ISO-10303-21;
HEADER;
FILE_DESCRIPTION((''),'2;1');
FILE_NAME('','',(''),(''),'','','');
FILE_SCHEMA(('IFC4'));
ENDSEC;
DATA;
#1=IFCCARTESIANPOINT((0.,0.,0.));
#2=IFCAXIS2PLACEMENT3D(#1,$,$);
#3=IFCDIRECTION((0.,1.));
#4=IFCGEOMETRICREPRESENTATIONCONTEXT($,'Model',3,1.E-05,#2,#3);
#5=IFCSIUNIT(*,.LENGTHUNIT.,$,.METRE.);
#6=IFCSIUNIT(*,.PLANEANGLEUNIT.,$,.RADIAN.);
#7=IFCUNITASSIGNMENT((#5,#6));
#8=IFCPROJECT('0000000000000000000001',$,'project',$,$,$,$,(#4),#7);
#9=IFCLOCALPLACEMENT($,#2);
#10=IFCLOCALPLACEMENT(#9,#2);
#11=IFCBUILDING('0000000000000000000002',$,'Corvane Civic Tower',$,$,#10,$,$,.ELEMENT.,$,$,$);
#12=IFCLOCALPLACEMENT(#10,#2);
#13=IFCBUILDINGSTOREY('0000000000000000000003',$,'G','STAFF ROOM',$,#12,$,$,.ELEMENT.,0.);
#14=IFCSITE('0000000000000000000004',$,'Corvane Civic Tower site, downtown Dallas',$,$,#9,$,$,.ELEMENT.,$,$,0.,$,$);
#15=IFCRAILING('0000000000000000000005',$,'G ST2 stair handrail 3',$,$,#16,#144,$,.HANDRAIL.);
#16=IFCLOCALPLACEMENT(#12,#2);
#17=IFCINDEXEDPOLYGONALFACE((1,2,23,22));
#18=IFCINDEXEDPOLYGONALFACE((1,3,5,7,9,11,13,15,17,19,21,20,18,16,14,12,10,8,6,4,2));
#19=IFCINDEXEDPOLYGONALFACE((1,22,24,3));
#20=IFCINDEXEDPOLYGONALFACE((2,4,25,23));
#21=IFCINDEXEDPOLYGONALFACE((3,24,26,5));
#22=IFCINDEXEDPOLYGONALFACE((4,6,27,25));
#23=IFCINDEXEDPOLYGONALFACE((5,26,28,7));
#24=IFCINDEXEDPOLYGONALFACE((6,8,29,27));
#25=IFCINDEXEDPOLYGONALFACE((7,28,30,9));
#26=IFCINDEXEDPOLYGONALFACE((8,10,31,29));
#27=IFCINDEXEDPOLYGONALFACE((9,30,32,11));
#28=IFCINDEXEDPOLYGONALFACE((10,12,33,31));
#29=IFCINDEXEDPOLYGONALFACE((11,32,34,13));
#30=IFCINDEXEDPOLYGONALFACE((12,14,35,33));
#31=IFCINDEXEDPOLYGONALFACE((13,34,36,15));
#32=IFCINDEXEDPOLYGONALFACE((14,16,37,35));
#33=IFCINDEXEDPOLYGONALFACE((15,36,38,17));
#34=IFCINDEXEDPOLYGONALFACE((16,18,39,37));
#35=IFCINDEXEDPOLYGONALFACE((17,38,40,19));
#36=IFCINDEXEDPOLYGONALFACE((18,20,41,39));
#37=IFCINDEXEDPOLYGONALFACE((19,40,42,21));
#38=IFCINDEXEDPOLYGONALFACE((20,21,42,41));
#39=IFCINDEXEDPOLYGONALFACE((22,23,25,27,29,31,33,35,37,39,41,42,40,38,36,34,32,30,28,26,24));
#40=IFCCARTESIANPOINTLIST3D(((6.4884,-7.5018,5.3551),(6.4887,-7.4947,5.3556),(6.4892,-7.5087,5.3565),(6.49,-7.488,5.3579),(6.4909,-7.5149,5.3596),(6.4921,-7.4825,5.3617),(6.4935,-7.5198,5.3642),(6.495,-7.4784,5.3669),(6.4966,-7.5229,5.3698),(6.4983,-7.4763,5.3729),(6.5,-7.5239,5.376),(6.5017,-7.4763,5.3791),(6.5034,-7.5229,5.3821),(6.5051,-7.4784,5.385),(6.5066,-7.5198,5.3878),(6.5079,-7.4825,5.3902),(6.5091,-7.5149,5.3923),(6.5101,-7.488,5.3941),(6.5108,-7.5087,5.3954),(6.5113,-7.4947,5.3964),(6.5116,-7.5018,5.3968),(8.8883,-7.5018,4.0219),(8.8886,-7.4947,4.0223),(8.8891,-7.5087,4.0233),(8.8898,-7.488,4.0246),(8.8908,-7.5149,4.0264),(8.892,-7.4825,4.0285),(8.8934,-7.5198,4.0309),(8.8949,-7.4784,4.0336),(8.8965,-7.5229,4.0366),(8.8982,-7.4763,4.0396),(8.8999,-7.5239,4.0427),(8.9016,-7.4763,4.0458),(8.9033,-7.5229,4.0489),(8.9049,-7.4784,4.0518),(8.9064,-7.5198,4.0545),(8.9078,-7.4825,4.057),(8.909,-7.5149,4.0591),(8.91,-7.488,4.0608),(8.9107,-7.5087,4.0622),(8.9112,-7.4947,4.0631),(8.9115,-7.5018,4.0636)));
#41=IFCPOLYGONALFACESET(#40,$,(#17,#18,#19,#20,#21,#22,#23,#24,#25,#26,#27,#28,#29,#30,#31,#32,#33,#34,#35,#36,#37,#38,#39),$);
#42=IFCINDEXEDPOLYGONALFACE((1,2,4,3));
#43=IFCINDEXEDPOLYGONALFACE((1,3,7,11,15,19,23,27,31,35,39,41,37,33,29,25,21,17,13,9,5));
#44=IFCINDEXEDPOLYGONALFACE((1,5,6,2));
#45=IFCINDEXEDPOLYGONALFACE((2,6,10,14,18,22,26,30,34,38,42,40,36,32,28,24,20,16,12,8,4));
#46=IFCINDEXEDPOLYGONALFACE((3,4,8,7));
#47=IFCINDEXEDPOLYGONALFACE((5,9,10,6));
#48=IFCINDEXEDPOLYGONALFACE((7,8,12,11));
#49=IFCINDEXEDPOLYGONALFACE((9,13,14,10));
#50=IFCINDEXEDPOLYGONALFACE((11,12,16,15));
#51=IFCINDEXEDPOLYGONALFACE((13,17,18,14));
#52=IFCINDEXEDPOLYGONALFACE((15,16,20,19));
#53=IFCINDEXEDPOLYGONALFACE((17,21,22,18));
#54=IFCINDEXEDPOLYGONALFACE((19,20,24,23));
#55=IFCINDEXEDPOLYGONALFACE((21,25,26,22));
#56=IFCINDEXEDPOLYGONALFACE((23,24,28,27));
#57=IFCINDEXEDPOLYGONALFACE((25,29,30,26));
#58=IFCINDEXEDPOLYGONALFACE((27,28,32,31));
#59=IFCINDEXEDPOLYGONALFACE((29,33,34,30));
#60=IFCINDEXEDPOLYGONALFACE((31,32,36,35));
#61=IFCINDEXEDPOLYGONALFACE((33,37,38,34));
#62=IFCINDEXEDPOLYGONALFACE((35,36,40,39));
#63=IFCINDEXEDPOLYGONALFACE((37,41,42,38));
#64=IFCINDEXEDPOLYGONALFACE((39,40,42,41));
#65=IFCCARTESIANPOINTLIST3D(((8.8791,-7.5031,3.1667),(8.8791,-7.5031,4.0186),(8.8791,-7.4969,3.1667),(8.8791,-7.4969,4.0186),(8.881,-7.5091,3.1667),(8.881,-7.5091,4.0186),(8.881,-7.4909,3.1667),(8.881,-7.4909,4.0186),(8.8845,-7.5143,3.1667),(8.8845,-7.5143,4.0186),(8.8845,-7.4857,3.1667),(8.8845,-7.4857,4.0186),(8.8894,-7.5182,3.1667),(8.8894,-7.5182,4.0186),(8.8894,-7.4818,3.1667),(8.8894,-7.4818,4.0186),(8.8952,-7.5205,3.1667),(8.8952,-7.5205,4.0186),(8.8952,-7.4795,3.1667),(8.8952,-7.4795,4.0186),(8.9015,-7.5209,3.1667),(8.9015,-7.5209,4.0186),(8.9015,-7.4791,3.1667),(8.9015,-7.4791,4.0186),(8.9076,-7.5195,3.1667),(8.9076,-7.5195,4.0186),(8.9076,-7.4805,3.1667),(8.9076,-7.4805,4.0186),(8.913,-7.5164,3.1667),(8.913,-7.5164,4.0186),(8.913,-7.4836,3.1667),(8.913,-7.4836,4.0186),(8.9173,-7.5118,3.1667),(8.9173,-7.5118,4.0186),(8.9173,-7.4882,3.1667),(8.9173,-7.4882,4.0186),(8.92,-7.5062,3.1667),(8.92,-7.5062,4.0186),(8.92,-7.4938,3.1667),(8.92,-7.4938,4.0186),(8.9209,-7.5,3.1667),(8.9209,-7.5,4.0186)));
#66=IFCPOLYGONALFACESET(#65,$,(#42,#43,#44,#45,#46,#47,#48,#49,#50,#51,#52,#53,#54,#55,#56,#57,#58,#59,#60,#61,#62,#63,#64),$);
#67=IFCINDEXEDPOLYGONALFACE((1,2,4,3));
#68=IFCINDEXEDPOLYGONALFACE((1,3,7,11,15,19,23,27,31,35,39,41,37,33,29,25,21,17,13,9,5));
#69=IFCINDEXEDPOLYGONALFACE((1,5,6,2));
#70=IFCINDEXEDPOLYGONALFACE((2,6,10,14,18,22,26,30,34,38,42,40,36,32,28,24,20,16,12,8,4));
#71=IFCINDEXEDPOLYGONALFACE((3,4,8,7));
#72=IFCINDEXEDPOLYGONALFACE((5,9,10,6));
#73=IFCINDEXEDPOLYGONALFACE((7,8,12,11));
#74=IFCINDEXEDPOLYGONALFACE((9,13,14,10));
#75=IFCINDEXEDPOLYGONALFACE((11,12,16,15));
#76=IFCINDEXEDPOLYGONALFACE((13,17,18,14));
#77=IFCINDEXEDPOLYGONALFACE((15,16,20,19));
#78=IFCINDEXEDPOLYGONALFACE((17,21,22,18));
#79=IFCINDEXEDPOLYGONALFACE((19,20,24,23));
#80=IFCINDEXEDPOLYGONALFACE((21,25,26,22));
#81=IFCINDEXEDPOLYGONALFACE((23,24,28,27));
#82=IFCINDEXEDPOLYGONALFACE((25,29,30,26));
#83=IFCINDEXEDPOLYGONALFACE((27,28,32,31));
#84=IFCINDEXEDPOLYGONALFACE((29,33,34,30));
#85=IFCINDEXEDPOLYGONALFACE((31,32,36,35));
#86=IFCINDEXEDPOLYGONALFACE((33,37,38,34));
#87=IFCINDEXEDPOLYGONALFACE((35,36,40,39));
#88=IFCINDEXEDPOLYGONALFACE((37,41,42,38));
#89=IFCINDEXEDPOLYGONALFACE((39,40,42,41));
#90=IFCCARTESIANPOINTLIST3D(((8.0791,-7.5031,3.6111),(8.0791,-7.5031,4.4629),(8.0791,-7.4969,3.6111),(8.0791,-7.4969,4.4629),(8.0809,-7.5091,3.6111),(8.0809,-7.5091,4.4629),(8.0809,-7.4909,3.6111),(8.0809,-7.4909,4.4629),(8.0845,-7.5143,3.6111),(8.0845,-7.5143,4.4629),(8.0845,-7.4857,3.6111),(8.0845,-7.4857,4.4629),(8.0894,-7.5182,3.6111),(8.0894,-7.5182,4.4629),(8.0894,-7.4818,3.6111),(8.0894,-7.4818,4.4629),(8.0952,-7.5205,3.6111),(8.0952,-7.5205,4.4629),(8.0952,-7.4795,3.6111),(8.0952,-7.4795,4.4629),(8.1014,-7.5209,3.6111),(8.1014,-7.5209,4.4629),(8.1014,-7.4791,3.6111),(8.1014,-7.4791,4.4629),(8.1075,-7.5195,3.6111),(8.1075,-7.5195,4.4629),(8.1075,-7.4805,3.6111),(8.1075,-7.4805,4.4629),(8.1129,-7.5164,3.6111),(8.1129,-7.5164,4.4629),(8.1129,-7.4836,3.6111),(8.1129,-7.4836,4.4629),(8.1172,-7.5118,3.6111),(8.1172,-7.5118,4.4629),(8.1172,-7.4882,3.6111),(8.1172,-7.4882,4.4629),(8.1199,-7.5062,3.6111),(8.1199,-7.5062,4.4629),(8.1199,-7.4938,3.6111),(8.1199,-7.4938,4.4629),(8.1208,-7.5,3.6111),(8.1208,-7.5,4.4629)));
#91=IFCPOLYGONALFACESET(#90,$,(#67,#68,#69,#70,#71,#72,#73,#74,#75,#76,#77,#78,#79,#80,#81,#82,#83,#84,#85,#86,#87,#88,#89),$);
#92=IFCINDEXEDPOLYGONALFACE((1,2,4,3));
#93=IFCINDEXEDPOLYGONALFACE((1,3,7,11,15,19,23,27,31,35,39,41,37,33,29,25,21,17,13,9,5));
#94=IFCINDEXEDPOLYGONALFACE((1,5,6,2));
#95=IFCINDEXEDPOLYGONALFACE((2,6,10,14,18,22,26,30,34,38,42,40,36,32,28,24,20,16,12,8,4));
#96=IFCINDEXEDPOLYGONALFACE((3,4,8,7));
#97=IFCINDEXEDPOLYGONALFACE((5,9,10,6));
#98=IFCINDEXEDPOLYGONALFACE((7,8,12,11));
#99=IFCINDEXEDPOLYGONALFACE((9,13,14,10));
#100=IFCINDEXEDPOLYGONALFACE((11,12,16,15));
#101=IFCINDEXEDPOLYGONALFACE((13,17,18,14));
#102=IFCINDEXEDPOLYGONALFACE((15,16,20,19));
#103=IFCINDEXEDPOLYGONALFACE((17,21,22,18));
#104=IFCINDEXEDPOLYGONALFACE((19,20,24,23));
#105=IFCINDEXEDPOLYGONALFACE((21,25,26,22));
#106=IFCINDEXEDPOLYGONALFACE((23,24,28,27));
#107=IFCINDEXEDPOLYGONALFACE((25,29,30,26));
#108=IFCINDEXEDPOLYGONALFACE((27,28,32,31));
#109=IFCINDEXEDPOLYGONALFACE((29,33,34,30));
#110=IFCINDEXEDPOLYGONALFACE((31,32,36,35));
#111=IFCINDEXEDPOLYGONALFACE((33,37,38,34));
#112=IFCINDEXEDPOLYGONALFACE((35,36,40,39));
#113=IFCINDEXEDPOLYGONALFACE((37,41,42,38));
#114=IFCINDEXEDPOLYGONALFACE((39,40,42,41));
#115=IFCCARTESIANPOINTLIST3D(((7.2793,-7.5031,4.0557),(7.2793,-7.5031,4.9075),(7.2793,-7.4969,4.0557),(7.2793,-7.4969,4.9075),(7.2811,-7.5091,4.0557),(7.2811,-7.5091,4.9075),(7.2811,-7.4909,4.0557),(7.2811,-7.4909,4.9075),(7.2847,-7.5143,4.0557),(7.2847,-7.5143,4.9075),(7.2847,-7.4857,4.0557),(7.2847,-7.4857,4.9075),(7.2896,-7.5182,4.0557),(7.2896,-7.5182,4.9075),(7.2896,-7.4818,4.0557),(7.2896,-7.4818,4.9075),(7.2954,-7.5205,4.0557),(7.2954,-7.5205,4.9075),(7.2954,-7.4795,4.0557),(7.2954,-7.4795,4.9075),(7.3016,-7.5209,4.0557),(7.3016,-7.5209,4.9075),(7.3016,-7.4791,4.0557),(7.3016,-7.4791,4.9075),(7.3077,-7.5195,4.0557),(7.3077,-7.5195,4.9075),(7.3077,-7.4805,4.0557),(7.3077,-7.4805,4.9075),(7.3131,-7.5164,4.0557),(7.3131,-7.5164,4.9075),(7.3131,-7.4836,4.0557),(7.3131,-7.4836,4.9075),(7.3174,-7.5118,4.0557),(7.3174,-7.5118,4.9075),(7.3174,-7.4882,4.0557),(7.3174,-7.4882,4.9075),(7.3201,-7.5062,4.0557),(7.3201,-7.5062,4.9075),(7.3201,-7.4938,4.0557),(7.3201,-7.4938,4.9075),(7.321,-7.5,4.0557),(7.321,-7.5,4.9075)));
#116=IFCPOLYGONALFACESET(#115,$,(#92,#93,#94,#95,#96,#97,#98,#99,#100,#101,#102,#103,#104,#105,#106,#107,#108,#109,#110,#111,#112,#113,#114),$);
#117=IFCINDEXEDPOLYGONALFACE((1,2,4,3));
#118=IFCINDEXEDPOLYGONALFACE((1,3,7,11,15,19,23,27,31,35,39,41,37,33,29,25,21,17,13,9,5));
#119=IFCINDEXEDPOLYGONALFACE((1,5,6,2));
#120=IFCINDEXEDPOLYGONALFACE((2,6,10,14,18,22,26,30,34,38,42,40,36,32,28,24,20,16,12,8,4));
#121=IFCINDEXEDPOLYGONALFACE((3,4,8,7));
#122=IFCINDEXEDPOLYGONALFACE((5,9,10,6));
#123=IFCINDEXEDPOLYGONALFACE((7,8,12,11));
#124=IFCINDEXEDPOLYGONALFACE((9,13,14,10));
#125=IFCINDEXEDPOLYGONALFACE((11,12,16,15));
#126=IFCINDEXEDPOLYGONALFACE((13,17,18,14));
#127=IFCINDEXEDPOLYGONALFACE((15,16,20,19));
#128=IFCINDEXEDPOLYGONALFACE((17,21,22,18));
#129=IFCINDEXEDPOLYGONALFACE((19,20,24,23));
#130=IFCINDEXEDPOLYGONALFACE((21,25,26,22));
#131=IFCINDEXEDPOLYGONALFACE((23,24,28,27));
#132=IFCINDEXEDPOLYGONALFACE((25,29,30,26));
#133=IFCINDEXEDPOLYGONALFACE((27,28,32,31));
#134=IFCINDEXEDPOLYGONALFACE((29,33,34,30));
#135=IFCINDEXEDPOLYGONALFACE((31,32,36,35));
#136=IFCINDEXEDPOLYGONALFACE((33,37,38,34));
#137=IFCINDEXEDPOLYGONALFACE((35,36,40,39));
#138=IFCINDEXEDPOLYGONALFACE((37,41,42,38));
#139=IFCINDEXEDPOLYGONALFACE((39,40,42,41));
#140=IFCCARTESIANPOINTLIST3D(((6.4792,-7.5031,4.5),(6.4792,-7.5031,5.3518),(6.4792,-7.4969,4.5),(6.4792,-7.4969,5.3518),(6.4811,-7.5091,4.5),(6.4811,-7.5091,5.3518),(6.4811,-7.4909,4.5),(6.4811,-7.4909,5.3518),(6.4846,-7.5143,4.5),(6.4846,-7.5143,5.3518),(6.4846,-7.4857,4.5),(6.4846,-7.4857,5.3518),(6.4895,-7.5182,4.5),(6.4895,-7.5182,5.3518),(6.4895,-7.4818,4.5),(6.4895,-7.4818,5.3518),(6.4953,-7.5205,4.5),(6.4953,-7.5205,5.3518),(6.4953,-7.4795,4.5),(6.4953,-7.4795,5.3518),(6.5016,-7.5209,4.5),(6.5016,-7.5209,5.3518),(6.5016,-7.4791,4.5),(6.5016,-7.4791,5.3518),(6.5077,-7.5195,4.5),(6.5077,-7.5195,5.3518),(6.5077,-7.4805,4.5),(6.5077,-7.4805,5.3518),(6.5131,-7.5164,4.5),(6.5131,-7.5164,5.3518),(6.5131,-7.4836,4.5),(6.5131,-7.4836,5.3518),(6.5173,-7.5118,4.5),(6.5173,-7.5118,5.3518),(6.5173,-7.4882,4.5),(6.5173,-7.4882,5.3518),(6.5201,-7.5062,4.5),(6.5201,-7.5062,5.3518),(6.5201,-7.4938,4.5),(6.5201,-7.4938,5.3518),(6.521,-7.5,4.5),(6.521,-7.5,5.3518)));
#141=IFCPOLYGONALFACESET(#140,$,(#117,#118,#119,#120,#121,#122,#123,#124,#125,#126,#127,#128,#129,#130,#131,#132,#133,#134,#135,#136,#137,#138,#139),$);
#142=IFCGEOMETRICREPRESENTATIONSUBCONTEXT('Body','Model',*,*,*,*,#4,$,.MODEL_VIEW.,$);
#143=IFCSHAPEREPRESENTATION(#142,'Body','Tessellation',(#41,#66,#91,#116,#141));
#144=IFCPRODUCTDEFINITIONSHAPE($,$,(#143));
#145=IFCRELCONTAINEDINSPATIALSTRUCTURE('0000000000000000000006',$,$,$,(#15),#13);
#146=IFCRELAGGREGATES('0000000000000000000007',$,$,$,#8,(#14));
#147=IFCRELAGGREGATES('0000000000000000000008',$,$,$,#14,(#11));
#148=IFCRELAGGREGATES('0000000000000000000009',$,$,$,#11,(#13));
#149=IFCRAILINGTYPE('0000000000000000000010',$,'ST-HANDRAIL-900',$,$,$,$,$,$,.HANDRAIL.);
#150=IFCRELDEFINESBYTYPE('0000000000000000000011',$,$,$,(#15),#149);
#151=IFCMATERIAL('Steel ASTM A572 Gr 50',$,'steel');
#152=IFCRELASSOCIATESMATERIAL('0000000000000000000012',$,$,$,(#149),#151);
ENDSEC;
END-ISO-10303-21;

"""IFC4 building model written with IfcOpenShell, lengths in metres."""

from ifc_helpers import new_model, si_unit, direction, frame, origin, origin_2d, place, context, subcontext, project, spatial, circle, extrude, material, type_object, element, save


model = new_model("IFC4")

# Units and contexts
model_context = context("Model", 3, precision=1e-05, world=origin(), true_north=direction((0.0, 1.0)))
body_context = subcontext(model_context, "Body", "Model", "MODEL_VIEW")
ifc_project = project(units=[si_unit("LENGTHUNIT", "METRE"), si_unit("PLANEANGLEUNIT", "RADIAN")], contexts=[model_context])

# Site, building, storey
site_placement = place(None, origin())
site = spatial("IfcSite", under=ifc_project, at=site_placement, Name="Corvane Civic Tower site, downtown Dallas", CompositionType="ELEMENT", RefElevation=0.0)
building_placement = place(site_placement, origin())
building = spatial("IfcBuilding", under=site, at=building_placement, Name="Corvane Civic Tower", CompositionType="ELEMENT")
storey_placement = place(building_placement, origin())
storey = spatial("IfcBuildingStorey", under=building, at=storey_placement, Name="G", Description="STAFF ROOM", CompositionType="ELEMENT", Elevation=0.0)

# Railing
ifc_material_1 = material(Name="Steel ASTM A572 Gr 50", Category="steel")
railing_type_1 = type_object("IfcRailingType", Name="ST-HANDRAIL-900", PredefinedType="HANDRAIL", material=ifc_material_1)
railing_1_placement = place(storey_placement, frame((8.8999, -7.5, 3.1667)))
element("IfcRailing", 1, at=railing_1_placement, inside=storey, type_object=railing_type_1, Name="G ST2 stair handrail 3", PredefinedType="HANDRAIL", context=body_context, shape_type="SweptSolid", body=[
    extrude(circle(Radius=0.0239, at=origin_2d()), frame((0.0, 0.0, 0.876), z_axis=(-0.874161, 0.0, 0.485635), x_axis=(0.0, -1.0, 0.0)), (0.0, 0.0, 1.0), 2.7454),
    extrude(circle(Radius=0.021, at=origin_2d()), origin(), (0.0, 0.0, 1.0), 0.8518),
    extrude(circle(Radius=0.021, at=origin_2d()), frame((-0.8, 0.0, 0.4443)), (0.0, 0.0, 1.0), 0.8518),
    extrude(circle(Radius=0.021, at=origin_2d()), frame((-1.5999, 0.0, 0.8889)), (0.0, 0.0, 1.0), 0.8518),
    extrude(circle(Radius=0.021, at=origin_2d()), frame((-2.3999, 0.0, 1.3333)), (0.0, 0.0, 1.0), 0.8518),
])

save(model, "model.ifc")
